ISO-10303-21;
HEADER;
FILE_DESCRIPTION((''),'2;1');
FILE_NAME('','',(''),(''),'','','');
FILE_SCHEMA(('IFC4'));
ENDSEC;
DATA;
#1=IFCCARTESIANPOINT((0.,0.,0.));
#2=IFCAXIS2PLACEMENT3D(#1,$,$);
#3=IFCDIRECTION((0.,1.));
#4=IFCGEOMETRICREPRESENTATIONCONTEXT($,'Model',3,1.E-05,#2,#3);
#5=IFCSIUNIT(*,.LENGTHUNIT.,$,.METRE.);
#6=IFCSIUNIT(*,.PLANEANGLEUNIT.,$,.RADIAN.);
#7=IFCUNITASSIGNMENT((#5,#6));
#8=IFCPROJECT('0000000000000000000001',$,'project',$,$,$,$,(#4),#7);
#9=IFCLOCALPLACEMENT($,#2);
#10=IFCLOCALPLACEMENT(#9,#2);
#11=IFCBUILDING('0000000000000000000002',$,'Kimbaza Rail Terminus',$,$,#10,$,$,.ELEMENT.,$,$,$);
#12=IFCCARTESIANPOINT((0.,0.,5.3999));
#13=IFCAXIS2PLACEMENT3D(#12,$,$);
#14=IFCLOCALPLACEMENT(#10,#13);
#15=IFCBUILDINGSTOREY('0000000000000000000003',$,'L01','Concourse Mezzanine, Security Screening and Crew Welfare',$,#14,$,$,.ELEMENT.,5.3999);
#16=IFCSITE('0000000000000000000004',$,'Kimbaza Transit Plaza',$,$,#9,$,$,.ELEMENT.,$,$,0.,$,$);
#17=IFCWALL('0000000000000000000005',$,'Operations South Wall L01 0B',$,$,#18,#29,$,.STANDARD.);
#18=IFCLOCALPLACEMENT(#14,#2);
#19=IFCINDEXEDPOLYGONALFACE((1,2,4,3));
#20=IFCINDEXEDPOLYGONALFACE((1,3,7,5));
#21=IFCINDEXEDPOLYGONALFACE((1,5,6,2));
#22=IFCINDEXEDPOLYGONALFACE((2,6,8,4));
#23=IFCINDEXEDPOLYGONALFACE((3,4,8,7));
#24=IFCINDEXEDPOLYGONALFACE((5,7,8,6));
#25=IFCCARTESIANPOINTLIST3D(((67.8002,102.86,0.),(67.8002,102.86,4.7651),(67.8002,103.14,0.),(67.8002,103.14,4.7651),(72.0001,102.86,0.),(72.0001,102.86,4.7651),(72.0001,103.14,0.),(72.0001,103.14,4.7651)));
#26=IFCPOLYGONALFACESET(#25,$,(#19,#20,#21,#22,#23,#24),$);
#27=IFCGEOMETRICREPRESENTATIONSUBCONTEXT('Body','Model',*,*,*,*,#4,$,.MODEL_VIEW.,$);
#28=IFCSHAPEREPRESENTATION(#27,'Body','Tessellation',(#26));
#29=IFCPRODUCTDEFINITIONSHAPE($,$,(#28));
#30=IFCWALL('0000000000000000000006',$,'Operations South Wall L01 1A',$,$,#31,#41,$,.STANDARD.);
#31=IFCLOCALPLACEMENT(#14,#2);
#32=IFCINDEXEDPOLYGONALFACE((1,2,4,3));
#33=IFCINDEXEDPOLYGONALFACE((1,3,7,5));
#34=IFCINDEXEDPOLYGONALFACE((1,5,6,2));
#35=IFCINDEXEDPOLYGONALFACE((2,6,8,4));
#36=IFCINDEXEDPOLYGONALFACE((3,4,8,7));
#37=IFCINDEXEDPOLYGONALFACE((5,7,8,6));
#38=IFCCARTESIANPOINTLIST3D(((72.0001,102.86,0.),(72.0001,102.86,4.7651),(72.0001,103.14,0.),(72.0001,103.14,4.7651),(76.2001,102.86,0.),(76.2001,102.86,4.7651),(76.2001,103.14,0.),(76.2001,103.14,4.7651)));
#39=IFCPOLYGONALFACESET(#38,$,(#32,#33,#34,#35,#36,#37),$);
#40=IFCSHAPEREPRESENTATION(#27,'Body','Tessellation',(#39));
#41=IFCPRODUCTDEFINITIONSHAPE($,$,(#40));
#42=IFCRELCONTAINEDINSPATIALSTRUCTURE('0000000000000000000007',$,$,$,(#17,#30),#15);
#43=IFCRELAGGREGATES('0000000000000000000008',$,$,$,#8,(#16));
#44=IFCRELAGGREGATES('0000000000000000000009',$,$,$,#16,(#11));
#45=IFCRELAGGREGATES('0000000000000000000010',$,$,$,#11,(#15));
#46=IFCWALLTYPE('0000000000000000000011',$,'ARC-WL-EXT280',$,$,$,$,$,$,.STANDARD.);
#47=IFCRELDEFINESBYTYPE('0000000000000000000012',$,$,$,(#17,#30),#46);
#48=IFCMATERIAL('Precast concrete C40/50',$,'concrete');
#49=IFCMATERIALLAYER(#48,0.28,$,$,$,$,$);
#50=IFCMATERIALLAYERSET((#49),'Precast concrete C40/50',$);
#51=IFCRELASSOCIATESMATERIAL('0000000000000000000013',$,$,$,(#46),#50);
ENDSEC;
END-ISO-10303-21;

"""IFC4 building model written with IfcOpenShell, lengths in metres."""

from ifc_helpers import new_model, si_unit, direction, frame, frame_2d, origin, place, context, subcontext, project, spatial, rectangle, extrude, material, layer, layer_set, type_object, element, save


model = new_model("IFC4")

# Units and contexts
model_context = context("Model", 3, precision=1e-05, world=origin(), true_north=direction((0.0, 1.0)))
body_context = subcontext(model_context, "Body", "Model", "MODEL_VIEW")
ifc_project = project(units=[si_unit("LENGTHUNIT", "METRE"), si_unit("PLANEANGLEUNIT", "RADIAN")], contexts=[model_context])

# Site, building, storey
site_placement = place(None, origin())
site = spatial("IfcSite", under=ifc_project, at=site_placement, Name="Kimbaza Transit Plaza", CompositionType="ELEMENT", RefElevation=0.0)
building_placement = place(site_placement, origin())
building = spatial("IfcBuilding", under=site, at=building_placement, Name="Kimbaza Rail Terminus", CompositionType="ELEMENT")
storey_placement = place(building_placement, frame((0.0, 0.0, 5.3999)))
storey = spatial("IfcBuildingStorey", under=building, at=storey_placement, Name="L01", Description="Concourse Mezzanine, Security Screening and Crew Welfare", CompositionType="ELEMENT", Elevation=5.3999)

# Walls
ifc_material_1 = material(Name="Precast concrete C40/50", Category="concrete")
ifc_layer_1 = layer(ifc_material_1, 0.28)
ifc_layer_set_1 = layer_set([ifc_layer_1], Name="Precast concrete C40/50")
wall_type = type_object("IfcWallType", Name="ARC-WL-EXT280", PredefinedType="STANDARD", material=ifc_layer_set_1)
for number, where, z_axis, x_axis, name in (
    (1, (67.8, 103.0, 0.0), (0.0, 0.0, 1.0), (1.0, 0.0, 0.0), "Operations South Wall L01 0B"),
    (2, (72.0, 103.0, 0.0), (0.0, 0.0, 1.0), (1.0, 0.0, 0.0), "Operations South Wall L01 1A"),
):
    element("IfcWall", number, at=place(storey_placement, frame(where, z_axis=z_axis, x_axis=x_axis)), inside=storey, type_object=wall_type, Name=name, PredefinedType="STANDARD", context=body_context, shape_type="SweptSolid", body=[
        extrude(rectangle(XDim=4.2, YDim=0.28, at=frame_2d((2.1001, 0.0))), origin(), (0.0, 0.0, 1.0), 4.7651),
    ])

save(model, "model.ifc")
